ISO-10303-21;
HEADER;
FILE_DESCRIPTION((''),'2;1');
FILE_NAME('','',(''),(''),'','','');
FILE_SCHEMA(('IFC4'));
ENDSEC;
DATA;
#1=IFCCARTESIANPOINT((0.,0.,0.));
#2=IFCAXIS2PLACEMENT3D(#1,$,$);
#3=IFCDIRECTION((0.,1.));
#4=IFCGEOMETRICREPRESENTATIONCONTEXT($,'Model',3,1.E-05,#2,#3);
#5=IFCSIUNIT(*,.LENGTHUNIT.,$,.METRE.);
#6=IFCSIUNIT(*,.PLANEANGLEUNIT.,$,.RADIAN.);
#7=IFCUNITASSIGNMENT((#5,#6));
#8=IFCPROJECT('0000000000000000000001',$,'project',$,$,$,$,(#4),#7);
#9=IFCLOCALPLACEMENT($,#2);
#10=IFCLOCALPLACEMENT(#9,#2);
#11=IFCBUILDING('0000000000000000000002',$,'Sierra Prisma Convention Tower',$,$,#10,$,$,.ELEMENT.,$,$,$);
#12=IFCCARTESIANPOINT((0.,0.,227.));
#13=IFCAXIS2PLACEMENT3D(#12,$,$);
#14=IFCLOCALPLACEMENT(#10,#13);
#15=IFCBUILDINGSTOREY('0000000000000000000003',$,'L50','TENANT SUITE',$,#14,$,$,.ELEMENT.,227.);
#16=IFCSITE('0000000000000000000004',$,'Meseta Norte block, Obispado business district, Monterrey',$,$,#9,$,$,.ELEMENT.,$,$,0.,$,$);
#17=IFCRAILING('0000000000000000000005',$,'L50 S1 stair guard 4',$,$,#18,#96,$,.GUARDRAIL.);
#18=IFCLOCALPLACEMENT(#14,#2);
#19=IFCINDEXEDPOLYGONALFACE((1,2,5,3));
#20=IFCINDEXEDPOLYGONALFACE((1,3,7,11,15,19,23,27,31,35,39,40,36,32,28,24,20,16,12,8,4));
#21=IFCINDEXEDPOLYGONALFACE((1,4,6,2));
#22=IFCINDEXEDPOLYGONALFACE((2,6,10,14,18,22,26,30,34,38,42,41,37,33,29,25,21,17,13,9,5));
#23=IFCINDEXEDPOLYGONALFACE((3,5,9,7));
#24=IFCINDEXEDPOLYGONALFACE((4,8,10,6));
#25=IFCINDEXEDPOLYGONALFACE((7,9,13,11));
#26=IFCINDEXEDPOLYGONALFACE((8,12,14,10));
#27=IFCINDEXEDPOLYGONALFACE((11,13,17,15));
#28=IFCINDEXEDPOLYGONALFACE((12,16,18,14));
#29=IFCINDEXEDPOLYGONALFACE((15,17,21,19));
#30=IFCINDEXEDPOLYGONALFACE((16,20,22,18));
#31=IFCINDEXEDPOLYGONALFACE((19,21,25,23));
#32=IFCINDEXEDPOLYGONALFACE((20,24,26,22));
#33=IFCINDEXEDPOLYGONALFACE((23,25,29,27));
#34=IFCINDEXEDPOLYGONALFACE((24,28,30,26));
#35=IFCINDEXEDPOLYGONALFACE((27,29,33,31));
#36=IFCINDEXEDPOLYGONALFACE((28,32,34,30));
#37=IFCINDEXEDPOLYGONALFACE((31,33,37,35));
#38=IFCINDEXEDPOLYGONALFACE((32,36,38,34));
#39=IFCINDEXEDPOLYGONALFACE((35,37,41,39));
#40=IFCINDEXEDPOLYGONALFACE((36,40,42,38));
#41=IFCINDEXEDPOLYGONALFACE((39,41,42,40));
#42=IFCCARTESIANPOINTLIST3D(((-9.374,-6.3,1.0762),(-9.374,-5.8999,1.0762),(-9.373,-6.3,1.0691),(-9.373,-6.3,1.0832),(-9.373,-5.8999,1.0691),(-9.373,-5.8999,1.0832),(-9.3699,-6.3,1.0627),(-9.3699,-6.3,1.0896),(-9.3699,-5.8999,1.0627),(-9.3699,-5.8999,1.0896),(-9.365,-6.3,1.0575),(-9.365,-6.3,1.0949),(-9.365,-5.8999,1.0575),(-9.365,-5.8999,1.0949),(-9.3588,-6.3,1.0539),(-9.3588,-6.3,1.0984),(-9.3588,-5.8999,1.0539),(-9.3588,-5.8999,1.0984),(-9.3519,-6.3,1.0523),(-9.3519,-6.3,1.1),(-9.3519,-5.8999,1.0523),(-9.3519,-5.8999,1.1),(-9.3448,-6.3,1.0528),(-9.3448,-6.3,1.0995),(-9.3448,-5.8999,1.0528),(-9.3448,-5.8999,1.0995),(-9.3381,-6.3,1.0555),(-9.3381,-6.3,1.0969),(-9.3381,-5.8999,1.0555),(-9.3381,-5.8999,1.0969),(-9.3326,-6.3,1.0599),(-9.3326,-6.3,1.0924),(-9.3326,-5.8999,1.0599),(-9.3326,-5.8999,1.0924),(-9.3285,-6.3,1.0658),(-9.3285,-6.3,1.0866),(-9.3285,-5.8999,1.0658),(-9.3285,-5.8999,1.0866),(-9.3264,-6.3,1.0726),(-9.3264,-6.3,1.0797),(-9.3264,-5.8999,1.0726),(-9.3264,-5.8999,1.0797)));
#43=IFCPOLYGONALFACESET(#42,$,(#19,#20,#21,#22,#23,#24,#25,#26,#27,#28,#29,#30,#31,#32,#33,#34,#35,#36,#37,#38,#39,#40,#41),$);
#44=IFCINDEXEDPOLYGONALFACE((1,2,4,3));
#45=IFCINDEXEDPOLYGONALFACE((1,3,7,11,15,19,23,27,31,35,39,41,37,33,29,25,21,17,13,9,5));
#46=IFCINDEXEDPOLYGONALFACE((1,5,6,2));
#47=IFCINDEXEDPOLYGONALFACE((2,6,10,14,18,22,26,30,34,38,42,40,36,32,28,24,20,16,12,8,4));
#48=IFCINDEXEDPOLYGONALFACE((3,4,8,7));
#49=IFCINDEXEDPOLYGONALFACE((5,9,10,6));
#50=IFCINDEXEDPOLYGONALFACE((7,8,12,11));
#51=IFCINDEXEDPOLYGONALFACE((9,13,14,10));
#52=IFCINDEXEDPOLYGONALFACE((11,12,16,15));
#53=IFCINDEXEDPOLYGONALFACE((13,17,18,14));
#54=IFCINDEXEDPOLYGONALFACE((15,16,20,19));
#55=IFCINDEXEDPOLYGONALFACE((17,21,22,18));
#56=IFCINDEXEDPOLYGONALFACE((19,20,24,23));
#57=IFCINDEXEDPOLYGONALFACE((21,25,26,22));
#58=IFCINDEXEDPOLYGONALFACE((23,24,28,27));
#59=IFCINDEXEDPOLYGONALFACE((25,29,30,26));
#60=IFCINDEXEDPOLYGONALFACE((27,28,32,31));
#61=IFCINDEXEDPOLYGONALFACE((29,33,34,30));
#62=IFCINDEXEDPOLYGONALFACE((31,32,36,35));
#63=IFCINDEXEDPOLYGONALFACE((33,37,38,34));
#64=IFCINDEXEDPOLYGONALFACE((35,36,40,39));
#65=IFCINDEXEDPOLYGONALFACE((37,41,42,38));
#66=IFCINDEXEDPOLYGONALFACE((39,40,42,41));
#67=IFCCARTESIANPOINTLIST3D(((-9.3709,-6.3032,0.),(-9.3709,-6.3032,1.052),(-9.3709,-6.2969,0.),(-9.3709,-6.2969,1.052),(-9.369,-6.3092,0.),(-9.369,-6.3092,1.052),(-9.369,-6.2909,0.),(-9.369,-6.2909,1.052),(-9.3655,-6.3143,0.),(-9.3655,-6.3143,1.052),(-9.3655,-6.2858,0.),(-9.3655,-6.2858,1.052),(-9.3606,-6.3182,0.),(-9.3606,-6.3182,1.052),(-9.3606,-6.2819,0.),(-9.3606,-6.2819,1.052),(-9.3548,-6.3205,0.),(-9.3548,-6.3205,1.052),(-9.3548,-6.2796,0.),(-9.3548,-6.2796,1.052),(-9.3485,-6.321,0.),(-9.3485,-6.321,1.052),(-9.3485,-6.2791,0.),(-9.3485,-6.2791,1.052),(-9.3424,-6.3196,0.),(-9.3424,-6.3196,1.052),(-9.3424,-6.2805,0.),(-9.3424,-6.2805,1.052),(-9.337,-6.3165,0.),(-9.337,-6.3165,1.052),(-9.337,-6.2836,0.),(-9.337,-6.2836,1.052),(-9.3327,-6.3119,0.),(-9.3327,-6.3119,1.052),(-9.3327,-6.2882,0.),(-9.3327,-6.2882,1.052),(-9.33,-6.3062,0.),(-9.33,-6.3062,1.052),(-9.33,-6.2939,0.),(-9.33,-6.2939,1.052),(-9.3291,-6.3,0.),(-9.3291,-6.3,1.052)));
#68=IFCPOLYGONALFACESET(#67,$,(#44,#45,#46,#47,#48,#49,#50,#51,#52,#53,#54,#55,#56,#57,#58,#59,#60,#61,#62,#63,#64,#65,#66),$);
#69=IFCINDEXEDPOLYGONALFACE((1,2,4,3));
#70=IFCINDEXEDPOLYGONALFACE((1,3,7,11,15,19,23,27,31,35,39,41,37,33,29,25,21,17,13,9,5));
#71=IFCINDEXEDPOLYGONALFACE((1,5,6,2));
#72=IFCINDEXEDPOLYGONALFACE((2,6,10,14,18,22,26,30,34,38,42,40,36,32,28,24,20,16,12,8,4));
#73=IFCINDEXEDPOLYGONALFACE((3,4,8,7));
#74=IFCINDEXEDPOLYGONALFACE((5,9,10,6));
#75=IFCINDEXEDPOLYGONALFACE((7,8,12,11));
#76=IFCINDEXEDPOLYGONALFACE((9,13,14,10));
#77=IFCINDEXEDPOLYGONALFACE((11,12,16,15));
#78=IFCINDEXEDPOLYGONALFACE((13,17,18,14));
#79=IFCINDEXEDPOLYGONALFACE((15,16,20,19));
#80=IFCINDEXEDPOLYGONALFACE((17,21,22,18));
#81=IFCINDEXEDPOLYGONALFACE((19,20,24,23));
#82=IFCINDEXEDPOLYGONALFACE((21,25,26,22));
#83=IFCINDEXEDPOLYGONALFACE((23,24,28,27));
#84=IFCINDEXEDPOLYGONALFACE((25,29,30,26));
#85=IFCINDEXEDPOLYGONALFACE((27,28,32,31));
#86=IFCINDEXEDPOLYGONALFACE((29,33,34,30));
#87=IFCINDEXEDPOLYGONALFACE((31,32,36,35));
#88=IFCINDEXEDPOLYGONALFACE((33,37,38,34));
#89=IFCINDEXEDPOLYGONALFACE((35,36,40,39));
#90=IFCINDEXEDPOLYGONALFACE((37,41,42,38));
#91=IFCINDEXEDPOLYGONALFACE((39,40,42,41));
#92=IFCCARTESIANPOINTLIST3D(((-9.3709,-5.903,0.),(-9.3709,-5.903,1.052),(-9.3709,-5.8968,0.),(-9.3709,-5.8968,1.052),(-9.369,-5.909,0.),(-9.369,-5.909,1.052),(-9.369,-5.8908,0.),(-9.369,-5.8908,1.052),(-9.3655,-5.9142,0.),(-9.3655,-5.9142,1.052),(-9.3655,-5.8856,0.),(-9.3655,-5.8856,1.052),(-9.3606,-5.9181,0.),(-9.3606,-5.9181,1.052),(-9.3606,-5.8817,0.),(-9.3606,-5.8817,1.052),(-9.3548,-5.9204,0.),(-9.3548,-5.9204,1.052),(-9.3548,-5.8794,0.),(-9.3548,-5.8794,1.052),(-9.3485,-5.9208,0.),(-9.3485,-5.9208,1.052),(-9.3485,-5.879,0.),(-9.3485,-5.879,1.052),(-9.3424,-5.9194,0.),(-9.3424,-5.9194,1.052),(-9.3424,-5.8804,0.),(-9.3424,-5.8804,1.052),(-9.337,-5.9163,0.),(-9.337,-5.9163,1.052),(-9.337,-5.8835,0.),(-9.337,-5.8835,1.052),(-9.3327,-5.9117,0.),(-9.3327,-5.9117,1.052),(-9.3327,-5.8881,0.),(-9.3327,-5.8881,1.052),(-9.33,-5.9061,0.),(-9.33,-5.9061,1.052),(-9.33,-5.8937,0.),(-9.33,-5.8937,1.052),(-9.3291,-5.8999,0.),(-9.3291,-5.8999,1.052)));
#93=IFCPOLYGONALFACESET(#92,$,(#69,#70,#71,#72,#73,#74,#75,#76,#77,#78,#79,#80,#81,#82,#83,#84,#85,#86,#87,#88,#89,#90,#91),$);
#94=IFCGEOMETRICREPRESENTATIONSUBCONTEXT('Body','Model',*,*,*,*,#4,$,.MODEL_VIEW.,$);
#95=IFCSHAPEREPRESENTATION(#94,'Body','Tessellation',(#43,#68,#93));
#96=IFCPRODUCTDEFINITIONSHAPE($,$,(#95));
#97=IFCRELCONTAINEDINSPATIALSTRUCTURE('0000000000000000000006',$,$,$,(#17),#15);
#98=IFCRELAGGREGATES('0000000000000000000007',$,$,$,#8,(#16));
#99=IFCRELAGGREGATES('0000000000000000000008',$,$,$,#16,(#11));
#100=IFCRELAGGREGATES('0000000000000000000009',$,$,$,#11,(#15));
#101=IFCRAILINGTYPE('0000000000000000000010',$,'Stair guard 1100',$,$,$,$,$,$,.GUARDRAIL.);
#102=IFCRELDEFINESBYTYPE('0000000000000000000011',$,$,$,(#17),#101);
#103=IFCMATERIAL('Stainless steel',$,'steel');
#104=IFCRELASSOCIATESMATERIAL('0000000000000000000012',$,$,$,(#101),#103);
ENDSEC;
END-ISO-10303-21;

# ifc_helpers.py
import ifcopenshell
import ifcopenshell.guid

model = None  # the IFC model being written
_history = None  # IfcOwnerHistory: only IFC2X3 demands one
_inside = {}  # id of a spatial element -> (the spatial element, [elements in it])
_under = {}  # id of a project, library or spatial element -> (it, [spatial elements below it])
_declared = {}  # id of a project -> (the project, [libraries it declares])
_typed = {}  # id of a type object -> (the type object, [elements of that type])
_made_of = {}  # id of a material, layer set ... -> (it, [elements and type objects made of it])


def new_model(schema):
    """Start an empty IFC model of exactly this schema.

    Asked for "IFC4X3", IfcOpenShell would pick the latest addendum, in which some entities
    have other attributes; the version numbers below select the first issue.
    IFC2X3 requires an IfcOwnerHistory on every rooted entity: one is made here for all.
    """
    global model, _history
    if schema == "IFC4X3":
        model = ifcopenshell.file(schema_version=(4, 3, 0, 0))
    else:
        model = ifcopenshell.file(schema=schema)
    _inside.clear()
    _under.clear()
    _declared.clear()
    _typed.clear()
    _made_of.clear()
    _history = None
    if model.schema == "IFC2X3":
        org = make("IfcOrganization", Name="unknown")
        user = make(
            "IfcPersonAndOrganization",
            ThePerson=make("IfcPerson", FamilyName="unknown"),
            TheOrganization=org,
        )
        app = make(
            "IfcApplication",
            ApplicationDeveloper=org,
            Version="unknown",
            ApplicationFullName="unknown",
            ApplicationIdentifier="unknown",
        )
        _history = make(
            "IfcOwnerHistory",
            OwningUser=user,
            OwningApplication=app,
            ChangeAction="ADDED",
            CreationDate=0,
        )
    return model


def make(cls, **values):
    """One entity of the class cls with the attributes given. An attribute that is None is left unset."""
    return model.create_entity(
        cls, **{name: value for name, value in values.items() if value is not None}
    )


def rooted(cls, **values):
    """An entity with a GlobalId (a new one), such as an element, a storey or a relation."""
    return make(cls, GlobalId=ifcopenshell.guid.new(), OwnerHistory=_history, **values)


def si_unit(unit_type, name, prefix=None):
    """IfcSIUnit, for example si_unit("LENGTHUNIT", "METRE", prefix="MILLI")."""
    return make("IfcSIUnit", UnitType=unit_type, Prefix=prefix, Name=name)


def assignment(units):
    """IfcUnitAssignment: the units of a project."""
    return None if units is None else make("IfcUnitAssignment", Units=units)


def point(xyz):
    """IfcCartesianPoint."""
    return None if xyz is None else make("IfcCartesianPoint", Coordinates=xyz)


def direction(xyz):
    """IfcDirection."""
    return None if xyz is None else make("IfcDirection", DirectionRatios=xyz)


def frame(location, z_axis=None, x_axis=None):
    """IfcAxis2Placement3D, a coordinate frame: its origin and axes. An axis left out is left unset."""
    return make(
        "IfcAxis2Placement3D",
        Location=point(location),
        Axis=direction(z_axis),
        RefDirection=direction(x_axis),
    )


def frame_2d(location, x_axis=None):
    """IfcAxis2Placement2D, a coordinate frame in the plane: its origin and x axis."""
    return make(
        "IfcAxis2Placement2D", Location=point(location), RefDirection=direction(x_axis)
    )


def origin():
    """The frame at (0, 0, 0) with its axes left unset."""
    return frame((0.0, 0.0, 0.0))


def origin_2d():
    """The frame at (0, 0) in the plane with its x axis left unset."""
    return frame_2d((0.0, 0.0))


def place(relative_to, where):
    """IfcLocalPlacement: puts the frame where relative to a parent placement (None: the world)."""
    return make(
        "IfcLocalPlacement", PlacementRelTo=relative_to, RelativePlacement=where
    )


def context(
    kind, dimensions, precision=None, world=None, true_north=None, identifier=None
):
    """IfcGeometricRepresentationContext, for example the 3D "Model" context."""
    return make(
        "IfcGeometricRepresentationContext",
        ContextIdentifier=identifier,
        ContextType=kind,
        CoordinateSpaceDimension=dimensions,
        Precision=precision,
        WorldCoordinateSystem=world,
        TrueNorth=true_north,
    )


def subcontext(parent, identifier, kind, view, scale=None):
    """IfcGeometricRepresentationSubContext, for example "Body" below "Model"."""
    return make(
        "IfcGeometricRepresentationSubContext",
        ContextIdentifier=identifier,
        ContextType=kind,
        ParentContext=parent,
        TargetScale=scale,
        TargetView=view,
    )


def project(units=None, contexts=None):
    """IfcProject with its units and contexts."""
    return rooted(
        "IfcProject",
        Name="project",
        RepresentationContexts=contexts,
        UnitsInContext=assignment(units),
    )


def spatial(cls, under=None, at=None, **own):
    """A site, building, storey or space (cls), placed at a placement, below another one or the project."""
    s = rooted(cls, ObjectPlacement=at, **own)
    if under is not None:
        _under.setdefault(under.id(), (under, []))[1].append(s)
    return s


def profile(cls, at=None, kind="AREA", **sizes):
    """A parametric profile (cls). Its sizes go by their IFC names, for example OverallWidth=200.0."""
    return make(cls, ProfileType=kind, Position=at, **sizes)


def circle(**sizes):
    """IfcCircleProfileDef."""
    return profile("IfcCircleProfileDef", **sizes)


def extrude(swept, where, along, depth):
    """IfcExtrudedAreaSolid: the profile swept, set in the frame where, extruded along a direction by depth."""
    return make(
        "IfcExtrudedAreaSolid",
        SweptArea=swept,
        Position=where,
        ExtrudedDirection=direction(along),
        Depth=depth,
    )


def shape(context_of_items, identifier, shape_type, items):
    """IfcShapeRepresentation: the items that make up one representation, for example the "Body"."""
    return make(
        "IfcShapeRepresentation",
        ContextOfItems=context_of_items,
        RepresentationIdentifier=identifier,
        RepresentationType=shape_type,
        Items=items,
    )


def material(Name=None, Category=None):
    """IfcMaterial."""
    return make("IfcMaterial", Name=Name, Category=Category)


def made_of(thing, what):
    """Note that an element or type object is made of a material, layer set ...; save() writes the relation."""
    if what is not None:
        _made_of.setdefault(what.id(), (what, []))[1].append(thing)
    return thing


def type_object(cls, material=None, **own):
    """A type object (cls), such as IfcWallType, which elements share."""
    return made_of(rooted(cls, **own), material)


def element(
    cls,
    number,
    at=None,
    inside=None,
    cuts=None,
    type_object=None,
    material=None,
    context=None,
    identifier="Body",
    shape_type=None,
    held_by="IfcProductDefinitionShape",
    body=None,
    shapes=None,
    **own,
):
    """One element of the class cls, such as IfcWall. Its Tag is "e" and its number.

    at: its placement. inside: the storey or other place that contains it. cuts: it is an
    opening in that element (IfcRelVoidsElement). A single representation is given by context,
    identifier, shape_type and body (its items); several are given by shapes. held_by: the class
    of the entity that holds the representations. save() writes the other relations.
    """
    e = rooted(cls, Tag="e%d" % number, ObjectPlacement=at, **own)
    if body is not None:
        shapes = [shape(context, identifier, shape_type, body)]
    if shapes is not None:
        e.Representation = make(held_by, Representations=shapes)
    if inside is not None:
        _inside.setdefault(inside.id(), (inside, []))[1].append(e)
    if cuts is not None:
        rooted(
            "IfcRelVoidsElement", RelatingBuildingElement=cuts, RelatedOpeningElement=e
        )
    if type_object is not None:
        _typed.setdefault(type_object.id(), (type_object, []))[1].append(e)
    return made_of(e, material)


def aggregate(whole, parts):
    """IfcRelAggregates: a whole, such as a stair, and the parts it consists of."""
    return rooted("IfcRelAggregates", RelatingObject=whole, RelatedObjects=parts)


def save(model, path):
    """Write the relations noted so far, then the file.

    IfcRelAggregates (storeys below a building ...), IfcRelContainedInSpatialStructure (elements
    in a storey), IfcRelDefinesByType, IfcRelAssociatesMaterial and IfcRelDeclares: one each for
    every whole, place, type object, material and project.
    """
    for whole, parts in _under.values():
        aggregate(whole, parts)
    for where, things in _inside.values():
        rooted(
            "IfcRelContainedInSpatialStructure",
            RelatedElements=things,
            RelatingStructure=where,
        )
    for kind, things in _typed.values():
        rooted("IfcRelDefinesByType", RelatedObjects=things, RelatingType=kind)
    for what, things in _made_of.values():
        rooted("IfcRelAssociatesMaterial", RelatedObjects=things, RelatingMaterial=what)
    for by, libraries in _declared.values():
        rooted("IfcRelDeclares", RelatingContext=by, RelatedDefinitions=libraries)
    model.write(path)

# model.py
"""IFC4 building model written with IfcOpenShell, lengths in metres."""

from ifc_helpers import new_model, si_unit, direction, frame, origin, origin_2d, place, context, subcontext, project, spatial, circle, extrude, material, type_object, element, save


model = new_model("IFC4")

# Units and contexts
model_context = context("Model", 3, precision=1e-05, world=origin(), true_north=direction((0.0, 1.0)))
body_context = subcontext(model_context, "Body", "Model", "MODEL_VIEW")
ifc_project = project(units=[si_unit("LENGTHUNIT", "METRE"), si_unit("PLANEANGLEUNIT", "RADIAN")], contexts=[model_context])

# Site, building, storey
site_placement = place(None, origin())
site = spatial("IfcSite", under=ifc_project, at=site_placement, Name="Meseta Norte block, Obispado business district, Monterrey", CompositionType="ELEMENT", RefElevation=0.0)
building_placement = place(site_placement, origin())
building = spatial("IfcBuilding", under=site, at=building_placement, Name="Sierra Prisma Convention Tower", CompositionType="ELEMENT")
storey_placement = place(building_placement, frame((0.0, 0.0, 227.0)))
storey = spatial("IfcBuildingStorey", under=building, at=storey_placement, Name="L50", Description="TENANT SUITE", CompositionType="ELEMENT", Elevation=227.0)

# Railing
ifc_material_1 = material(Name="Stainless steel", Category="steel")
railing_type_1 = type_object("IfcRailingType", Name="Stair guard 1100", PredefinedType="GUARDRAIL", material=ifc_material_1)
railing_1_placement = place(storey_placement, frame((-9.3501, -6.3, 0.0)))
element("IfcRailing", 1, at=railing_1_placement, inside=storey, type_object=railing_type_1, Name="L50 S1 stair guard 4", PredefinedType="GUARDRAIL", context=body_context, shape_type="SweptSolid", body=[
    extrude(circle(Radius=0.0239, at=origin_2d()), frame((0.0, 0.0, 1.0762), z_axis=(0.0, 1.0, 0.0), x_axis=(-1.0, 0.0, 0.0)), (0.0, 0.0, 1.0), 0.4001),
    extrude(circle(Radius=0.021, at=origin_2d()), origin(), (0.0, 0.0, 1.0), 1.052),
    extrude(circle(Radius=0.021, at=origin_2d()), frame((0.0, 0.4001, 0.0)), (0.0, 0.0, 1.0), 1.052),
])

save(model, "model.ifc")
